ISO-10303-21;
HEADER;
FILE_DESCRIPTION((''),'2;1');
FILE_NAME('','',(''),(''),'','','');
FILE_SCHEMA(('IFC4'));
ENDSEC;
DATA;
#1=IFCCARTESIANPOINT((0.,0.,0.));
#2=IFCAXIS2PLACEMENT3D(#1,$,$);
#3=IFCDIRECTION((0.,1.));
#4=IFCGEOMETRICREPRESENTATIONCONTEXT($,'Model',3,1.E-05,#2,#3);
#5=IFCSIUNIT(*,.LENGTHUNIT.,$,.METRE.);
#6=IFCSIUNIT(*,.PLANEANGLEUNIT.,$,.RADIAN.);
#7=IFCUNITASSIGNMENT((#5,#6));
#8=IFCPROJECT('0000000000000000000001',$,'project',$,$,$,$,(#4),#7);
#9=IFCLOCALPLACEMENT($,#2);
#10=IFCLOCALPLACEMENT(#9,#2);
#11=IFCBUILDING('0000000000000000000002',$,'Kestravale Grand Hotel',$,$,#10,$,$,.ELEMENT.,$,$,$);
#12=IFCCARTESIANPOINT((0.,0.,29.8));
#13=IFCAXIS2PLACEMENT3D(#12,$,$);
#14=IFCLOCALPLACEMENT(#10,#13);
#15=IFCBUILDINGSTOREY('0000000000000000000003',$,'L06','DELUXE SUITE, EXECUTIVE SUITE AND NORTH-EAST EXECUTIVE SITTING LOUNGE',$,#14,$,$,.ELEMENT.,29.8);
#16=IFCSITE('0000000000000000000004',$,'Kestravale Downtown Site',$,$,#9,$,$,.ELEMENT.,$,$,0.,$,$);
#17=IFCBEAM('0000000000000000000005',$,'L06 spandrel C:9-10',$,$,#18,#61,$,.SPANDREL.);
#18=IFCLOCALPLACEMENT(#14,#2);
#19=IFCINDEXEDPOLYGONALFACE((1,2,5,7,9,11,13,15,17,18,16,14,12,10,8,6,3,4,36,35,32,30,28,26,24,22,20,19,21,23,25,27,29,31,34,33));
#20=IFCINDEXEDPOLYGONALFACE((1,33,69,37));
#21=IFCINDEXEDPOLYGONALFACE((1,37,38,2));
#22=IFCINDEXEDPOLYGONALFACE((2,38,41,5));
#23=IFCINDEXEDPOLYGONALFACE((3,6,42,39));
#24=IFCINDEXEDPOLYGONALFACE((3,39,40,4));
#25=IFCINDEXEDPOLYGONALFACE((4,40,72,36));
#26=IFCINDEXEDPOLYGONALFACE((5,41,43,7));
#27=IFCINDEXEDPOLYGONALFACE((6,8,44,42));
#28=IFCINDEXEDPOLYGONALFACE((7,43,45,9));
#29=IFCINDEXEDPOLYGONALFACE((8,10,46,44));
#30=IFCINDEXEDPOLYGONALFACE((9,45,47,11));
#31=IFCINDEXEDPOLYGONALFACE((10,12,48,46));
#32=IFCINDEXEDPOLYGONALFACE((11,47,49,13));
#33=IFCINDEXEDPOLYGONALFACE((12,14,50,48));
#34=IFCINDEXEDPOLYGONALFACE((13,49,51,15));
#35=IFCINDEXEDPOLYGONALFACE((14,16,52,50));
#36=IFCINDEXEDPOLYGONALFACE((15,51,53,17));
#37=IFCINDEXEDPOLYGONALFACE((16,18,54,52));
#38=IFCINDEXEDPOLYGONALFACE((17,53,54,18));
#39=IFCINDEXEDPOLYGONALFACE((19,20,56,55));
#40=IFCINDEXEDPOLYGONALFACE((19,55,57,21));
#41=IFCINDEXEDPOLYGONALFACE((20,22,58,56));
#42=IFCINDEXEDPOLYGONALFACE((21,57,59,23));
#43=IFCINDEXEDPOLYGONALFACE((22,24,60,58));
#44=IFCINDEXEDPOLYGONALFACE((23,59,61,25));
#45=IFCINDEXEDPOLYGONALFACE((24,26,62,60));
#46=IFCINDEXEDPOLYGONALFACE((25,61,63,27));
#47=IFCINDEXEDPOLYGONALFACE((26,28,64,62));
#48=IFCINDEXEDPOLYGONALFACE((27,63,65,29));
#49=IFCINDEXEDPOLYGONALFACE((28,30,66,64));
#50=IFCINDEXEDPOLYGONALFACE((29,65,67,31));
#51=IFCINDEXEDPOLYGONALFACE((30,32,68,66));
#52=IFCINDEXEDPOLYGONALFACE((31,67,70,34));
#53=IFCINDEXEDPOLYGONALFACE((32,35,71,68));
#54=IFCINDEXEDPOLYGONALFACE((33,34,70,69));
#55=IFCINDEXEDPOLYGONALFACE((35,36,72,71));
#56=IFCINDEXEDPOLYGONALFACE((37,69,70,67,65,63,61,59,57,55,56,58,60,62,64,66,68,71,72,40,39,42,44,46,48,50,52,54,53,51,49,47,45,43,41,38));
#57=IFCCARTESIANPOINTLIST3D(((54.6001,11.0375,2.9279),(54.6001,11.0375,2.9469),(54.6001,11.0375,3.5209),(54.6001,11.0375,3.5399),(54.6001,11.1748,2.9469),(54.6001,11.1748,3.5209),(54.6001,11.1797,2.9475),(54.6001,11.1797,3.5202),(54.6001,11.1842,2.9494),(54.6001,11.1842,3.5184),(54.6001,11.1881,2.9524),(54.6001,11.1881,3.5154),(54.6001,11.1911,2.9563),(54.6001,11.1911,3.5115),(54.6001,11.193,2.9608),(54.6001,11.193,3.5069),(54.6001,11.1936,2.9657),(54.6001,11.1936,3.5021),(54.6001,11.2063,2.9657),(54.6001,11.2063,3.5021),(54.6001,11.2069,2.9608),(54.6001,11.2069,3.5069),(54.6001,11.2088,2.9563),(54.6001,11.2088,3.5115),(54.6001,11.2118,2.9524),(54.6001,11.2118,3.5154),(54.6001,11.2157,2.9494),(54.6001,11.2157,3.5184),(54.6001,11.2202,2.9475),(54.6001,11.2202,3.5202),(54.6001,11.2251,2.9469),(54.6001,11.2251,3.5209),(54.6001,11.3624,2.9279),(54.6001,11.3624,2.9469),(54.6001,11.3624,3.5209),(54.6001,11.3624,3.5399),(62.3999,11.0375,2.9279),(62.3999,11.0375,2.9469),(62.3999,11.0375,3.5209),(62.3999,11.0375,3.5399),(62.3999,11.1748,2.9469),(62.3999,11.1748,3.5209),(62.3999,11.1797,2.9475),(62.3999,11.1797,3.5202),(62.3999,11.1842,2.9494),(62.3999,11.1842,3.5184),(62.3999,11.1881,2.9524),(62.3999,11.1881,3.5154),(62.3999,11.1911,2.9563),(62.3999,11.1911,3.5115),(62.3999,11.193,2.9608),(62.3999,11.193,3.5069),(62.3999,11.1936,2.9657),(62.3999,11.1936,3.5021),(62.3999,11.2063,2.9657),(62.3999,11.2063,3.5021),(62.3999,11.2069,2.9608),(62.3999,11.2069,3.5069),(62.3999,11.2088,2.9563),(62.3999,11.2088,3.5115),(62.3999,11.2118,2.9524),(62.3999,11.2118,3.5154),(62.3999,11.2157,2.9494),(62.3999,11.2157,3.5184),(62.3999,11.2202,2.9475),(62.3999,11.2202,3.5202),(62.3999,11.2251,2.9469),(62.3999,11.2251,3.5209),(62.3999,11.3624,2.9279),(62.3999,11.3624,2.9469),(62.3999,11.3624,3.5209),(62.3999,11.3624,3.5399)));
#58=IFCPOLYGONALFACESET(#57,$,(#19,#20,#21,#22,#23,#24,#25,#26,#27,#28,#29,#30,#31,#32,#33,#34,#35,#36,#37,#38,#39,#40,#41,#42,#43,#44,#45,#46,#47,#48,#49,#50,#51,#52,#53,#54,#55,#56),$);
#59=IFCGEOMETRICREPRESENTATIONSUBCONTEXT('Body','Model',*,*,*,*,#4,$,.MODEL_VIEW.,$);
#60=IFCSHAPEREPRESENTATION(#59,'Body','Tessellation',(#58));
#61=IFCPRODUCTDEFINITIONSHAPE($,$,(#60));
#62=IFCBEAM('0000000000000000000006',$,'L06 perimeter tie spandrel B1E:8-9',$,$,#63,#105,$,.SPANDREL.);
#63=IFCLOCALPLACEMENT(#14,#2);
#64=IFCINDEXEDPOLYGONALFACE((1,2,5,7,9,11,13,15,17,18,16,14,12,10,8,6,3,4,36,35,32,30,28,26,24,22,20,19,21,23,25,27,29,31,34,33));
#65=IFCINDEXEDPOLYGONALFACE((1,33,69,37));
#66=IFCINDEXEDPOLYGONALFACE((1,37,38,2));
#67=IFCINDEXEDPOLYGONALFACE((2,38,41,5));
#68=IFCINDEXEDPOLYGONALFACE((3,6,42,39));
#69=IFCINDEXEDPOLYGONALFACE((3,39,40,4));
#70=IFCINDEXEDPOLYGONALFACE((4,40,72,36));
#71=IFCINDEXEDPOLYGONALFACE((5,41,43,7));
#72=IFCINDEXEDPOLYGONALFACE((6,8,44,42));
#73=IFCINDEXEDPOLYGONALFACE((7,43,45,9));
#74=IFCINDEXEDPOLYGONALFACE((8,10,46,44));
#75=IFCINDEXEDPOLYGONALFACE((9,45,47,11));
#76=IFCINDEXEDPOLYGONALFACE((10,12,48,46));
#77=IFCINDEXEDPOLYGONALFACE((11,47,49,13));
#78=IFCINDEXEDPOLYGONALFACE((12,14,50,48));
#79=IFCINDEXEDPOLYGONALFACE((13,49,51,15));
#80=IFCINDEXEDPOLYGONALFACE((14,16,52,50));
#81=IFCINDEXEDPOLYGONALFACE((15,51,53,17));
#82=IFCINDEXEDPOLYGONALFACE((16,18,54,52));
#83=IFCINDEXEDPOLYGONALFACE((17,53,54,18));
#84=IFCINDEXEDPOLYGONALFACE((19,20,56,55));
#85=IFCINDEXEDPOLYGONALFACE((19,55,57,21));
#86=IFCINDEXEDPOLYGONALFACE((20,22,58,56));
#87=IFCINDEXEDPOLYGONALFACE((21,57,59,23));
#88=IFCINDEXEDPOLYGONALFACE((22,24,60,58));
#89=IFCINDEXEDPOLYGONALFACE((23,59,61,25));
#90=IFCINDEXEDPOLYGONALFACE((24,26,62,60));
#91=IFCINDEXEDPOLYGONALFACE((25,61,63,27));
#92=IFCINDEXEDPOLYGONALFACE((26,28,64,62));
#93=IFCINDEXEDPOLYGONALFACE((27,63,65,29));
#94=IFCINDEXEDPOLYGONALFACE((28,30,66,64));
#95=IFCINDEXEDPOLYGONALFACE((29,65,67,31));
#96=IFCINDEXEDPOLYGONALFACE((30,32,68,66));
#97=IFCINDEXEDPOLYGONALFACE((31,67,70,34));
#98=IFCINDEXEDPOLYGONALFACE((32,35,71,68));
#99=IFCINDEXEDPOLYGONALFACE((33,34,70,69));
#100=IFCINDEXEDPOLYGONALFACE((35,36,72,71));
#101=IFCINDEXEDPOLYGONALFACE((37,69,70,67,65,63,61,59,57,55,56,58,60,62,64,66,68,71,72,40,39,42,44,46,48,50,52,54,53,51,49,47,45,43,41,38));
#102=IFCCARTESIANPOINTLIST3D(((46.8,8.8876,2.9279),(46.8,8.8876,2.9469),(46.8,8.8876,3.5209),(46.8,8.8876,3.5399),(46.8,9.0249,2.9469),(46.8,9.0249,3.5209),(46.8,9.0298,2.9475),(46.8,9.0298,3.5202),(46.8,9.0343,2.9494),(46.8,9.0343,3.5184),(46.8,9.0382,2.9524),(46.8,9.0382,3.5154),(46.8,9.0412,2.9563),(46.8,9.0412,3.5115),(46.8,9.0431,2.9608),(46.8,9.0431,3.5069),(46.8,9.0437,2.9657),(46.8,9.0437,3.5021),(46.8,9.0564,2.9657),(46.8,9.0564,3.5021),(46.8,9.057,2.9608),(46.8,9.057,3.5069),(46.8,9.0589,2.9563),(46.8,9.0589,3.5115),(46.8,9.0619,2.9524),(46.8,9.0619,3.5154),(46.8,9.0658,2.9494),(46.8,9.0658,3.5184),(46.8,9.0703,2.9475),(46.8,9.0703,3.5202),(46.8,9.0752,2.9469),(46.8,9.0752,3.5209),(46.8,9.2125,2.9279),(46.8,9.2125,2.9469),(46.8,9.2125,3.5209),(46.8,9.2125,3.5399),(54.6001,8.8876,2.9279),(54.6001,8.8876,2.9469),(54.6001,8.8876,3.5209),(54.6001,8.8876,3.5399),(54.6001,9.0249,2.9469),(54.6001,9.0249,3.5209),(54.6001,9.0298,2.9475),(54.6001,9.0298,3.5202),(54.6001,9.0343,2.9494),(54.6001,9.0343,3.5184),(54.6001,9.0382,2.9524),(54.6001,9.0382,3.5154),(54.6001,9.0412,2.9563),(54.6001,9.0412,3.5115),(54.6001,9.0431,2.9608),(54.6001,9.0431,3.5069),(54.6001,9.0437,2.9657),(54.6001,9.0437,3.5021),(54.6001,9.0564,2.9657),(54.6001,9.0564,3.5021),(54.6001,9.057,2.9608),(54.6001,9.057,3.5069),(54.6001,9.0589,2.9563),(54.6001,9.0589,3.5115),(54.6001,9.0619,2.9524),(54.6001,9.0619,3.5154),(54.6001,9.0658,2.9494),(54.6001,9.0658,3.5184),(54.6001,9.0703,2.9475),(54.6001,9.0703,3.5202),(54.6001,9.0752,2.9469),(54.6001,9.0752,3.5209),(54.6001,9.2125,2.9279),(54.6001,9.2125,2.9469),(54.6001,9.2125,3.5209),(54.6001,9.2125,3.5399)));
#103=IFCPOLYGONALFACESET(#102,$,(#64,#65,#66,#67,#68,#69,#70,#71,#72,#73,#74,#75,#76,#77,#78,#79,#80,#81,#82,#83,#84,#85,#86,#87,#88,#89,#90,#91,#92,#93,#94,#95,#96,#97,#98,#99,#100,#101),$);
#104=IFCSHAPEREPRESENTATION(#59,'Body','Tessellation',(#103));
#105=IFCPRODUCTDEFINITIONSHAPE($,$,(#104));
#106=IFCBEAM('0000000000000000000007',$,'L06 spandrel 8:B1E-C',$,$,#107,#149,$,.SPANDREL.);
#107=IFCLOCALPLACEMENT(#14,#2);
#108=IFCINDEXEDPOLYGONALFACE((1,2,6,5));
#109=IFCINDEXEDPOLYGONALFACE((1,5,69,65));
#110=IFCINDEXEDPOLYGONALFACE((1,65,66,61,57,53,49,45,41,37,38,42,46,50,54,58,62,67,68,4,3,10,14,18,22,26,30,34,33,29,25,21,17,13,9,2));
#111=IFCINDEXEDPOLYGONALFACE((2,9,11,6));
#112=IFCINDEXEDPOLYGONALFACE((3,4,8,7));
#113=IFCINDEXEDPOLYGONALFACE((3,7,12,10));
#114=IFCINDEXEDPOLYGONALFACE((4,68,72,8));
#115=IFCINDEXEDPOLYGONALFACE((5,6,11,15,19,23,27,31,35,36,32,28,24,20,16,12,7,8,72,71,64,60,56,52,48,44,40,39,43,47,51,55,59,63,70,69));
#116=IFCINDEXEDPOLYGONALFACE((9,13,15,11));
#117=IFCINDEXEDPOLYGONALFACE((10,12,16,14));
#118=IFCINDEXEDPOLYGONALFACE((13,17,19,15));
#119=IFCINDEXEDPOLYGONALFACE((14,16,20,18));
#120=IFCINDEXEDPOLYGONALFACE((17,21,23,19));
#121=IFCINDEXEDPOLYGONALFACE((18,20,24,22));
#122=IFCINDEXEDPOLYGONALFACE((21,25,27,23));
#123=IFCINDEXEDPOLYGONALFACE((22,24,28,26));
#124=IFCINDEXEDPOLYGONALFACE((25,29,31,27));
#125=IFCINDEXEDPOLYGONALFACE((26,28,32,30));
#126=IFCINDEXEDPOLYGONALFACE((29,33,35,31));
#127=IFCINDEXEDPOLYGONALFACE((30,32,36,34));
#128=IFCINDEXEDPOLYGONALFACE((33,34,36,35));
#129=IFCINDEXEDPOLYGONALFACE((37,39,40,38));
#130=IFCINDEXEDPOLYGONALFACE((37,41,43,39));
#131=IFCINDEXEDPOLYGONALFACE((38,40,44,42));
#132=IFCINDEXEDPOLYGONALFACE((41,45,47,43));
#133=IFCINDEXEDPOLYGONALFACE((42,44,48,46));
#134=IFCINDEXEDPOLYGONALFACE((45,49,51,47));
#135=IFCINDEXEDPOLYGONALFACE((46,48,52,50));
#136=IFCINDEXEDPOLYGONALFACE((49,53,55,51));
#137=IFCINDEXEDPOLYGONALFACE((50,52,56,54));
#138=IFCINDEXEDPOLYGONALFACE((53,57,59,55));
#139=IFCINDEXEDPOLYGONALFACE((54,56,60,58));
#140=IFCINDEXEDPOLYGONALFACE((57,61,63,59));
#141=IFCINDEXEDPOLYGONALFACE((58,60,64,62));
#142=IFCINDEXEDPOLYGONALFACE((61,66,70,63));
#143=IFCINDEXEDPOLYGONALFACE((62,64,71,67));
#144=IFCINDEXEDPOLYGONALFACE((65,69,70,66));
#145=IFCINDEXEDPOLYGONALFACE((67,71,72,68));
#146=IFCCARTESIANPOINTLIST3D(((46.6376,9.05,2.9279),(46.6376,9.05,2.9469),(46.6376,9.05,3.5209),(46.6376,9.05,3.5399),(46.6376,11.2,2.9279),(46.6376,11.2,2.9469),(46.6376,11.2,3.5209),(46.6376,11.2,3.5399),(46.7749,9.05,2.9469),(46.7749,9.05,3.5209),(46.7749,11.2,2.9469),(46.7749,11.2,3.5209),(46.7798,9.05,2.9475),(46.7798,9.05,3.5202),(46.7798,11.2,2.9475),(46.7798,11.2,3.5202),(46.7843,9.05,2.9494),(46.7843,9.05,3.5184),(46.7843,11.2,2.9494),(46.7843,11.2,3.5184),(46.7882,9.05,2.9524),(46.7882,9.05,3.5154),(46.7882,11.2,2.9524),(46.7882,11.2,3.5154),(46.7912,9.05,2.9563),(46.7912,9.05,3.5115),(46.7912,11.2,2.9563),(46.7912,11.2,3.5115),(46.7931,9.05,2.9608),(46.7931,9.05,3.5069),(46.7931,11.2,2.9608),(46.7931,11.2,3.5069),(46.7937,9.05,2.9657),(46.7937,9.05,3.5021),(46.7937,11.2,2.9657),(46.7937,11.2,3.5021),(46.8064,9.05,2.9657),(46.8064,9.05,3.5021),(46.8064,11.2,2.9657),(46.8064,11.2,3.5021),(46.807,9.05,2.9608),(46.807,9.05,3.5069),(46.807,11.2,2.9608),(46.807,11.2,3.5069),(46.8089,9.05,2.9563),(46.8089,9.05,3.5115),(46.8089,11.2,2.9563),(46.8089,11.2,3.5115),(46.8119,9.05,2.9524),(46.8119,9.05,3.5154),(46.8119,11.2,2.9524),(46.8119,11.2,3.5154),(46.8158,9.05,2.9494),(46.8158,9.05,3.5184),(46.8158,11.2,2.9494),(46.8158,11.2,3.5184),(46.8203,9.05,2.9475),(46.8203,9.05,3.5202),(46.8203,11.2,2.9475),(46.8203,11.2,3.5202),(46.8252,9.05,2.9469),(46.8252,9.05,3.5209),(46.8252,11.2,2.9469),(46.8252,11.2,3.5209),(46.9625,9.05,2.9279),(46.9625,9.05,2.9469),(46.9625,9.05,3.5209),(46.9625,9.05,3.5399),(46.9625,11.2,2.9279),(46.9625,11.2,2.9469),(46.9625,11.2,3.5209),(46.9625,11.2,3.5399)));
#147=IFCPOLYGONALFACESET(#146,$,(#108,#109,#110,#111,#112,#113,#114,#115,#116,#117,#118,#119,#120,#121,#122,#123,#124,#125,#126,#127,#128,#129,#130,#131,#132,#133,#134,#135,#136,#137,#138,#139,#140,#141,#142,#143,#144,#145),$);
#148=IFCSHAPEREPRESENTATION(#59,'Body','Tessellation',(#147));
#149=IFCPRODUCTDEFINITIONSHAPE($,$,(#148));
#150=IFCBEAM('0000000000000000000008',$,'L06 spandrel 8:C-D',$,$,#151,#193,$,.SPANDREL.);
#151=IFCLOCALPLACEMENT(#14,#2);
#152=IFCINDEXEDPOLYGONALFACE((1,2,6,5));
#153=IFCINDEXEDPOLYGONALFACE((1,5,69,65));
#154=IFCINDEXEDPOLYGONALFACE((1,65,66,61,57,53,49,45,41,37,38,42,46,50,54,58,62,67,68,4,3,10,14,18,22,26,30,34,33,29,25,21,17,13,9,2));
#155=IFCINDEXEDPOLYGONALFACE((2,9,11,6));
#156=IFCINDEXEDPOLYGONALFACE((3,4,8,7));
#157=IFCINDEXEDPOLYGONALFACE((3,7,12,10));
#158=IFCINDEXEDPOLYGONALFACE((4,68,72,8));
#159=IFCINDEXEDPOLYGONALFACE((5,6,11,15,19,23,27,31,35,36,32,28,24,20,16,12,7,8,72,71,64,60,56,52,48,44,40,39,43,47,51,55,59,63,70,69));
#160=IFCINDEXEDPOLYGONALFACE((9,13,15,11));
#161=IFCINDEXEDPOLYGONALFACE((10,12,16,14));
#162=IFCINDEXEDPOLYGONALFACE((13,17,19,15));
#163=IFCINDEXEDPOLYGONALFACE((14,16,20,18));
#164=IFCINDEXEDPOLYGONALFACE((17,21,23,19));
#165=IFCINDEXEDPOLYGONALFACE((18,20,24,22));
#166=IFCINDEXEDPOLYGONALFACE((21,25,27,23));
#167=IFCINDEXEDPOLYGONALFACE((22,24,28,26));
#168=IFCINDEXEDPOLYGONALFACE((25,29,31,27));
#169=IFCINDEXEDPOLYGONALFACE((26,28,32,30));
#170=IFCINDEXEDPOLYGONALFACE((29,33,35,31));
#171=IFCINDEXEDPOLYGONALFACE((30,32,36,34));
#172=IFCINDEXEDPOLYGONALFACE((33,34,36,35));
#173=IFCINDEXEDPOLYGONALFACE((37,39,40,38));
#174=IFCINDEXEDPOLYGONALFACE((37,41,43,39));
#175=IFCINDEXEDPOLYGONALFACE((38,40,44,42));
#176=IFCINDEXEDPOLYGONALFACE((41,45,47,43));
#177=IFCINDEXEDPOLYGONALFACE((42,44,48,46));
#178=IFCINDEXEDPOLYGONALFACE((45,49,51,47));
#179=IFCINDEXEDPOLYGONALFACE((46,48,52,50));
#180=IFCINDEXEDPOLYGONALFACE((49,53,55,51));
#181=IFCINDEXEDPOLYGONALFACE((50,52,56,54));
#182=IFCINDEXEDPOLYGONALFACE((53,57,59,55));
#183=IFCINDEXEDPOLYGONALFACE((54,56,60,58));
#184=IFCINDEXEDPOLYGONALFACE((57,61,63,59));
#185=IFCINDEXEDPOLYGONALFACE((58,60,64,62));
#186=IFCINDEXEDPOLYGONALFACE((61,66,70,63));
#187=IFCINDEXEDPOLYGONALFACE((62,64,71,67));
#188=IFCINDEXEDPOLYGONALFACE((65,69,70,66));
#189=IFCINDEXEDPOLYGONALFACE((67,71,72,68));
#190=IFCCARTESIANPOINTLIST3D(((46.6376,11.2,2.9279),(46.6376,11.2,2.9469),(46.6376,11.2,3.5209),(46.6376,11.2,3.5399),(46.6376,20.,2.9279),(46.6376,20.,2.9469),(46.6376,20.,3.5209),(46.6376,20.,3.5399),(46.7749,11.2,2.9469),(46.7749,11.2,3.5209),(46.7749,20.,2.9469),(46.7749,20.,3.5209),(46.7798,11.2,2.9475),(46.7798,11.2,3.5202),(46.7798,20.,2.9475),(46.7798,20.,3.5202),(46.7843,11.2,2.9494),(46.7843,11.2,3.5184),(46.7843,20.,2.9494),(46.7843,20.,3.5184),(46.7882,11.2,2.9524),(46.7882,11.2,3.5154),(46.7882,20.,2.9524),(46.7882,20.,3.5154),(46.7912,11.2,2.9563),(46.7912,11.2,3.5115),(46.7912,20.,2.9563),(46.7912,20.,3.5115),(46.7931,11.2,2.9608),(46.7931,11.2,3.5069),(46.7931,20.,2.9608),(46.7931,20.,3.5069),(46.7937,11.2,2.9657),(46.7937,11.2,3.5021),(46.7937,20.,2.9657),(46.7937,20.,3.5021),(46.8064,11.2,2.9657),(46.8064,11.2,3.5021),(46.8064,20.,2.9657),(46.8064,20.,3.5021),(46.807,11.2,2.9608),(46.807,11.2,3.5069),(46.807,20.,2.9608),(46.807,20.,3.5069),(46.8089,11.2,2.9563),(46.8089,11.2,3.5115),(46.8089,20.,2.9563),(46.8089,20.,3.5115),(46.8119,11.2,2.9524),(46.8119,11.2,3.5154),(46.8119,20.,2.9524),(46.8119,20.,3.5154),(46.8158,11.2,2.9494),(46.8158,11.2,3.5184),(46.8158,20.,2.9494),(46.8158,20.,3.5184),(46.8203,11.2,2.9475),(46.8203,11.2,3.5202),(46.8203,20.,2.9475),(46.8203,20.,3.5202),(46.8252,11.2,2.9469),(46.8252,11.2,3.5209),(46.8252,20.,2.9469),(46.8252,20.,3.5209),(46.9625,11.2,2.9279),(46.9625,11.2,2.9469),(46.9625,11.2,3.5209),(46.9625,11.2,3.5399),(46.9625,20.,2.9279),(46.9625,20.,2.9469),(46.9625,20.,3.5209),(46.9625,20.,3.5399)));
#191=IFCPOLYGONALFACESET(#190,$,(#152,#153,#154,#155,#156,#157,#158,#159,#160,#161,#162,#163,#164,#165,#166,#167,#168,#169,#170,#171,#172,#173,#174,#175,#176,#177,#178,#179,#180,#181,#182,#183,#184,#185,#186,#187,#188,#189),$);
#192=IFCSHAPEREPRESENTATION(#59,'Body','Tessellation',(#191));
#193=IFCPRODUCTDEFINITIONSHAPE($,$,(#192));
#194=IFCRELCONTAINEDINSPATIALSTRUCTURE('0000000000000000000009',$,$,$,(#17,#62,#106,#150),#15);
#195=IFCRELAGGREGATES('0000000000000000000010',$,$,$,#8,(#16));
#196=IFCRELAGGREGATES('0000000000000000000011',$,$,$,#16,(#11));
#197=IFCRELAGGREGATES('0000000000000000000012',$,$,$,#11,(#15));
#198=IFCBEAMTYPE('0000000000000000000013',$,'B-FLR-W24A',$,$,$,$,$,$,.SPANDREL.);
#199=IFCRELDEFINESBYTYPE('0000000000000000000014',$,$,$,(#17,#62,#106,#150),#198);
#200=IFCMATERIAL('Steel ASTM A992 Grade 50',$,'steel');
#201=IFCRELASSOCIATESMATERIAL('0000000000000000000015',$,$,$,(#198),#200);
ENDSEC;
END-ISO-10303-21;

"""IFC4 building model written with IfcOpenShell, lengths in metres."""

from ifc_helpers import new_model, si_unit, direction, frame, origin, origin_2d, place, context, subcontext, project, spatial, i_section, extrude, material, material_profile, profile_set, type_object, element, save


model = new_model("IFC4")

# Units and contexts
model_context = context("Model", 3, precision=1e-05, world=origin(), true_north=direction((0.0, 1.0)))
body_context = subcontext(model_context, "Body", "Model", "MODEL_VIEW")
ifc_project = project(units=[si_unit("LENGTHUNIT", "METRE"), si_unit("PLANEANGLEUNIT", "RADIAN")], contexts=[model_context])

# Site, building, storey
site_placement = place(None, origin())
site = spatial("IfcSite", under=ifc_project, at=site_placement, Name="Kestravale Downtown Site", CompositionType="ELEMENT", RefElevation=0.0)
building_placement = place(site_placement, origin())
building = spatial("IfcBuilding", under=site, at=building_placement, Name="Kestravale Grand Hotel", CompositionType="ELEMENT")
storey_placement = place(building_placement, frame((0.0, 0.0, 29.8)))
storey = spatial("IfcBuildingStorey", under=building, at=storey_placement, Name="L06", Description="DELUXE SUITE, EXECUTIVE SUITE AND NORTH-EAST EXECUTIVE SITTING LOUNGE", CompositionType="ELEMENT", Elevation=29.8)

# Beams
ifc_material_1 = material(Name="Steel ASTM A992 Grade 50", Category="steel")
ifc_material_profile_1 = material_profile(ifc_material_1, i_section(OverallWidth=0.325, OverallDepth=0.6121, WebThickness=0.0127, FlangeThickness=0.019, FilletRadius=0.0188, at=origin_2d()))
ifc_profile_set_1 = profile_set([ifc_material_profile_1], Name="Steel ASTM A992 Grade 50")
beam_type_1 = type_object("IfcBeamType", Name="B-FLR-W24A", PredefinedType="SPANDREL", material=ifc_profile_set_1)
beam_1_placement = place(storey_placement, frame((54.6001, 11.2, 3.2339), z_axis=(1.0, 0.0, 0.0), x_axis=(0.0, 1.0, 0.0)))
element("IfcBeam", 1, at=beam_1_placement, inside=storey, type_object=beam_type_1, Name="L06 spandrel C:9-10", PredefinedType="SPANDREL", context=body_context, shape_type="SweptSolid", body=[
    extrude(i_section(OverallWidth=0.325, OverallDepth=0.6121, WebThickness=0.0127, FlangeThickness=0.019, FilletRadius=0.0188, at=origin_2d()), origin(), (0.0, 0.0, 1.0), 7.7998),
])
beam_2_placement = place(storey_placement, frame((46.8, 9.05, 3.2339), z_axis=(1.0, 0.0, 0.0), x_axis=(0.0, 1.0, 0.0)))
element("IfcBeam", 2, at=beam_2_placement, inside=storey, type_object=beam_type_1, Name="L06 perimeter tie spandrel B1E:8-9", PredefinedType="SPANDREL", context=body_context, shape_type="SweptSolid", body=[
    extrude(i_section(OverallWidth=0.325, OverallDepth=0.6121, WebThickness=0.0127, FlangeThickness=0.019, FilletRadius=0.0188, at=origin_2d()), origin(), (0.0, 0.0, 1.0), 7.8),
])
beam_3_placement = place(storey_placement, frame((46.8, 9.05, 3.2339), z_axis=(0.0, 1.0, 0.0), x_axis=(-1.0, 0.0, 0.0)))
element("IfcBeam", 3, at=beam_3_placement, inside=storey, type_object=beam_type_1, Name="L06 spandrel 8:B1E-C", PredefinedType="SPANDREL", context=body_context, shape_type="SweptSolid", body=[
    extrude(i_section(OverallWidth=0.325, OverallDepth=0.6121, WebThickness=0.0127, FlangeThickness=0.019, FilletRadius=0.0188, at=origin_2d()), origin(), (0.0, 0.0, 1.0), 2.1499),
])
beam_4_placement = place(storey_placement, frame((46.8, 11.2, 3.2339), z_axis=(0.0, 1.0, 0.0), x_axis=(-1.0, 0.0, 0.0)))
element("IfcBeam", 4, at=beam_4_placement, inside=storey, type_object=beam_type_1, Name="L06 spandrel 8:C-D", PredefinedType="SPANDREL", context=body_context, shape_type="SweptSolid", body=[
    extrude(i_section(OverallWidth=0.325, OverallDepth=0.6121, WebThickness=0.0127, FlangeThickness=0.019, FilletRadius=0.0188, at=origin_2d()), origin(), (0.0, 0.0, 1.0), 8.8),
])

save(model, "model.ifc")
